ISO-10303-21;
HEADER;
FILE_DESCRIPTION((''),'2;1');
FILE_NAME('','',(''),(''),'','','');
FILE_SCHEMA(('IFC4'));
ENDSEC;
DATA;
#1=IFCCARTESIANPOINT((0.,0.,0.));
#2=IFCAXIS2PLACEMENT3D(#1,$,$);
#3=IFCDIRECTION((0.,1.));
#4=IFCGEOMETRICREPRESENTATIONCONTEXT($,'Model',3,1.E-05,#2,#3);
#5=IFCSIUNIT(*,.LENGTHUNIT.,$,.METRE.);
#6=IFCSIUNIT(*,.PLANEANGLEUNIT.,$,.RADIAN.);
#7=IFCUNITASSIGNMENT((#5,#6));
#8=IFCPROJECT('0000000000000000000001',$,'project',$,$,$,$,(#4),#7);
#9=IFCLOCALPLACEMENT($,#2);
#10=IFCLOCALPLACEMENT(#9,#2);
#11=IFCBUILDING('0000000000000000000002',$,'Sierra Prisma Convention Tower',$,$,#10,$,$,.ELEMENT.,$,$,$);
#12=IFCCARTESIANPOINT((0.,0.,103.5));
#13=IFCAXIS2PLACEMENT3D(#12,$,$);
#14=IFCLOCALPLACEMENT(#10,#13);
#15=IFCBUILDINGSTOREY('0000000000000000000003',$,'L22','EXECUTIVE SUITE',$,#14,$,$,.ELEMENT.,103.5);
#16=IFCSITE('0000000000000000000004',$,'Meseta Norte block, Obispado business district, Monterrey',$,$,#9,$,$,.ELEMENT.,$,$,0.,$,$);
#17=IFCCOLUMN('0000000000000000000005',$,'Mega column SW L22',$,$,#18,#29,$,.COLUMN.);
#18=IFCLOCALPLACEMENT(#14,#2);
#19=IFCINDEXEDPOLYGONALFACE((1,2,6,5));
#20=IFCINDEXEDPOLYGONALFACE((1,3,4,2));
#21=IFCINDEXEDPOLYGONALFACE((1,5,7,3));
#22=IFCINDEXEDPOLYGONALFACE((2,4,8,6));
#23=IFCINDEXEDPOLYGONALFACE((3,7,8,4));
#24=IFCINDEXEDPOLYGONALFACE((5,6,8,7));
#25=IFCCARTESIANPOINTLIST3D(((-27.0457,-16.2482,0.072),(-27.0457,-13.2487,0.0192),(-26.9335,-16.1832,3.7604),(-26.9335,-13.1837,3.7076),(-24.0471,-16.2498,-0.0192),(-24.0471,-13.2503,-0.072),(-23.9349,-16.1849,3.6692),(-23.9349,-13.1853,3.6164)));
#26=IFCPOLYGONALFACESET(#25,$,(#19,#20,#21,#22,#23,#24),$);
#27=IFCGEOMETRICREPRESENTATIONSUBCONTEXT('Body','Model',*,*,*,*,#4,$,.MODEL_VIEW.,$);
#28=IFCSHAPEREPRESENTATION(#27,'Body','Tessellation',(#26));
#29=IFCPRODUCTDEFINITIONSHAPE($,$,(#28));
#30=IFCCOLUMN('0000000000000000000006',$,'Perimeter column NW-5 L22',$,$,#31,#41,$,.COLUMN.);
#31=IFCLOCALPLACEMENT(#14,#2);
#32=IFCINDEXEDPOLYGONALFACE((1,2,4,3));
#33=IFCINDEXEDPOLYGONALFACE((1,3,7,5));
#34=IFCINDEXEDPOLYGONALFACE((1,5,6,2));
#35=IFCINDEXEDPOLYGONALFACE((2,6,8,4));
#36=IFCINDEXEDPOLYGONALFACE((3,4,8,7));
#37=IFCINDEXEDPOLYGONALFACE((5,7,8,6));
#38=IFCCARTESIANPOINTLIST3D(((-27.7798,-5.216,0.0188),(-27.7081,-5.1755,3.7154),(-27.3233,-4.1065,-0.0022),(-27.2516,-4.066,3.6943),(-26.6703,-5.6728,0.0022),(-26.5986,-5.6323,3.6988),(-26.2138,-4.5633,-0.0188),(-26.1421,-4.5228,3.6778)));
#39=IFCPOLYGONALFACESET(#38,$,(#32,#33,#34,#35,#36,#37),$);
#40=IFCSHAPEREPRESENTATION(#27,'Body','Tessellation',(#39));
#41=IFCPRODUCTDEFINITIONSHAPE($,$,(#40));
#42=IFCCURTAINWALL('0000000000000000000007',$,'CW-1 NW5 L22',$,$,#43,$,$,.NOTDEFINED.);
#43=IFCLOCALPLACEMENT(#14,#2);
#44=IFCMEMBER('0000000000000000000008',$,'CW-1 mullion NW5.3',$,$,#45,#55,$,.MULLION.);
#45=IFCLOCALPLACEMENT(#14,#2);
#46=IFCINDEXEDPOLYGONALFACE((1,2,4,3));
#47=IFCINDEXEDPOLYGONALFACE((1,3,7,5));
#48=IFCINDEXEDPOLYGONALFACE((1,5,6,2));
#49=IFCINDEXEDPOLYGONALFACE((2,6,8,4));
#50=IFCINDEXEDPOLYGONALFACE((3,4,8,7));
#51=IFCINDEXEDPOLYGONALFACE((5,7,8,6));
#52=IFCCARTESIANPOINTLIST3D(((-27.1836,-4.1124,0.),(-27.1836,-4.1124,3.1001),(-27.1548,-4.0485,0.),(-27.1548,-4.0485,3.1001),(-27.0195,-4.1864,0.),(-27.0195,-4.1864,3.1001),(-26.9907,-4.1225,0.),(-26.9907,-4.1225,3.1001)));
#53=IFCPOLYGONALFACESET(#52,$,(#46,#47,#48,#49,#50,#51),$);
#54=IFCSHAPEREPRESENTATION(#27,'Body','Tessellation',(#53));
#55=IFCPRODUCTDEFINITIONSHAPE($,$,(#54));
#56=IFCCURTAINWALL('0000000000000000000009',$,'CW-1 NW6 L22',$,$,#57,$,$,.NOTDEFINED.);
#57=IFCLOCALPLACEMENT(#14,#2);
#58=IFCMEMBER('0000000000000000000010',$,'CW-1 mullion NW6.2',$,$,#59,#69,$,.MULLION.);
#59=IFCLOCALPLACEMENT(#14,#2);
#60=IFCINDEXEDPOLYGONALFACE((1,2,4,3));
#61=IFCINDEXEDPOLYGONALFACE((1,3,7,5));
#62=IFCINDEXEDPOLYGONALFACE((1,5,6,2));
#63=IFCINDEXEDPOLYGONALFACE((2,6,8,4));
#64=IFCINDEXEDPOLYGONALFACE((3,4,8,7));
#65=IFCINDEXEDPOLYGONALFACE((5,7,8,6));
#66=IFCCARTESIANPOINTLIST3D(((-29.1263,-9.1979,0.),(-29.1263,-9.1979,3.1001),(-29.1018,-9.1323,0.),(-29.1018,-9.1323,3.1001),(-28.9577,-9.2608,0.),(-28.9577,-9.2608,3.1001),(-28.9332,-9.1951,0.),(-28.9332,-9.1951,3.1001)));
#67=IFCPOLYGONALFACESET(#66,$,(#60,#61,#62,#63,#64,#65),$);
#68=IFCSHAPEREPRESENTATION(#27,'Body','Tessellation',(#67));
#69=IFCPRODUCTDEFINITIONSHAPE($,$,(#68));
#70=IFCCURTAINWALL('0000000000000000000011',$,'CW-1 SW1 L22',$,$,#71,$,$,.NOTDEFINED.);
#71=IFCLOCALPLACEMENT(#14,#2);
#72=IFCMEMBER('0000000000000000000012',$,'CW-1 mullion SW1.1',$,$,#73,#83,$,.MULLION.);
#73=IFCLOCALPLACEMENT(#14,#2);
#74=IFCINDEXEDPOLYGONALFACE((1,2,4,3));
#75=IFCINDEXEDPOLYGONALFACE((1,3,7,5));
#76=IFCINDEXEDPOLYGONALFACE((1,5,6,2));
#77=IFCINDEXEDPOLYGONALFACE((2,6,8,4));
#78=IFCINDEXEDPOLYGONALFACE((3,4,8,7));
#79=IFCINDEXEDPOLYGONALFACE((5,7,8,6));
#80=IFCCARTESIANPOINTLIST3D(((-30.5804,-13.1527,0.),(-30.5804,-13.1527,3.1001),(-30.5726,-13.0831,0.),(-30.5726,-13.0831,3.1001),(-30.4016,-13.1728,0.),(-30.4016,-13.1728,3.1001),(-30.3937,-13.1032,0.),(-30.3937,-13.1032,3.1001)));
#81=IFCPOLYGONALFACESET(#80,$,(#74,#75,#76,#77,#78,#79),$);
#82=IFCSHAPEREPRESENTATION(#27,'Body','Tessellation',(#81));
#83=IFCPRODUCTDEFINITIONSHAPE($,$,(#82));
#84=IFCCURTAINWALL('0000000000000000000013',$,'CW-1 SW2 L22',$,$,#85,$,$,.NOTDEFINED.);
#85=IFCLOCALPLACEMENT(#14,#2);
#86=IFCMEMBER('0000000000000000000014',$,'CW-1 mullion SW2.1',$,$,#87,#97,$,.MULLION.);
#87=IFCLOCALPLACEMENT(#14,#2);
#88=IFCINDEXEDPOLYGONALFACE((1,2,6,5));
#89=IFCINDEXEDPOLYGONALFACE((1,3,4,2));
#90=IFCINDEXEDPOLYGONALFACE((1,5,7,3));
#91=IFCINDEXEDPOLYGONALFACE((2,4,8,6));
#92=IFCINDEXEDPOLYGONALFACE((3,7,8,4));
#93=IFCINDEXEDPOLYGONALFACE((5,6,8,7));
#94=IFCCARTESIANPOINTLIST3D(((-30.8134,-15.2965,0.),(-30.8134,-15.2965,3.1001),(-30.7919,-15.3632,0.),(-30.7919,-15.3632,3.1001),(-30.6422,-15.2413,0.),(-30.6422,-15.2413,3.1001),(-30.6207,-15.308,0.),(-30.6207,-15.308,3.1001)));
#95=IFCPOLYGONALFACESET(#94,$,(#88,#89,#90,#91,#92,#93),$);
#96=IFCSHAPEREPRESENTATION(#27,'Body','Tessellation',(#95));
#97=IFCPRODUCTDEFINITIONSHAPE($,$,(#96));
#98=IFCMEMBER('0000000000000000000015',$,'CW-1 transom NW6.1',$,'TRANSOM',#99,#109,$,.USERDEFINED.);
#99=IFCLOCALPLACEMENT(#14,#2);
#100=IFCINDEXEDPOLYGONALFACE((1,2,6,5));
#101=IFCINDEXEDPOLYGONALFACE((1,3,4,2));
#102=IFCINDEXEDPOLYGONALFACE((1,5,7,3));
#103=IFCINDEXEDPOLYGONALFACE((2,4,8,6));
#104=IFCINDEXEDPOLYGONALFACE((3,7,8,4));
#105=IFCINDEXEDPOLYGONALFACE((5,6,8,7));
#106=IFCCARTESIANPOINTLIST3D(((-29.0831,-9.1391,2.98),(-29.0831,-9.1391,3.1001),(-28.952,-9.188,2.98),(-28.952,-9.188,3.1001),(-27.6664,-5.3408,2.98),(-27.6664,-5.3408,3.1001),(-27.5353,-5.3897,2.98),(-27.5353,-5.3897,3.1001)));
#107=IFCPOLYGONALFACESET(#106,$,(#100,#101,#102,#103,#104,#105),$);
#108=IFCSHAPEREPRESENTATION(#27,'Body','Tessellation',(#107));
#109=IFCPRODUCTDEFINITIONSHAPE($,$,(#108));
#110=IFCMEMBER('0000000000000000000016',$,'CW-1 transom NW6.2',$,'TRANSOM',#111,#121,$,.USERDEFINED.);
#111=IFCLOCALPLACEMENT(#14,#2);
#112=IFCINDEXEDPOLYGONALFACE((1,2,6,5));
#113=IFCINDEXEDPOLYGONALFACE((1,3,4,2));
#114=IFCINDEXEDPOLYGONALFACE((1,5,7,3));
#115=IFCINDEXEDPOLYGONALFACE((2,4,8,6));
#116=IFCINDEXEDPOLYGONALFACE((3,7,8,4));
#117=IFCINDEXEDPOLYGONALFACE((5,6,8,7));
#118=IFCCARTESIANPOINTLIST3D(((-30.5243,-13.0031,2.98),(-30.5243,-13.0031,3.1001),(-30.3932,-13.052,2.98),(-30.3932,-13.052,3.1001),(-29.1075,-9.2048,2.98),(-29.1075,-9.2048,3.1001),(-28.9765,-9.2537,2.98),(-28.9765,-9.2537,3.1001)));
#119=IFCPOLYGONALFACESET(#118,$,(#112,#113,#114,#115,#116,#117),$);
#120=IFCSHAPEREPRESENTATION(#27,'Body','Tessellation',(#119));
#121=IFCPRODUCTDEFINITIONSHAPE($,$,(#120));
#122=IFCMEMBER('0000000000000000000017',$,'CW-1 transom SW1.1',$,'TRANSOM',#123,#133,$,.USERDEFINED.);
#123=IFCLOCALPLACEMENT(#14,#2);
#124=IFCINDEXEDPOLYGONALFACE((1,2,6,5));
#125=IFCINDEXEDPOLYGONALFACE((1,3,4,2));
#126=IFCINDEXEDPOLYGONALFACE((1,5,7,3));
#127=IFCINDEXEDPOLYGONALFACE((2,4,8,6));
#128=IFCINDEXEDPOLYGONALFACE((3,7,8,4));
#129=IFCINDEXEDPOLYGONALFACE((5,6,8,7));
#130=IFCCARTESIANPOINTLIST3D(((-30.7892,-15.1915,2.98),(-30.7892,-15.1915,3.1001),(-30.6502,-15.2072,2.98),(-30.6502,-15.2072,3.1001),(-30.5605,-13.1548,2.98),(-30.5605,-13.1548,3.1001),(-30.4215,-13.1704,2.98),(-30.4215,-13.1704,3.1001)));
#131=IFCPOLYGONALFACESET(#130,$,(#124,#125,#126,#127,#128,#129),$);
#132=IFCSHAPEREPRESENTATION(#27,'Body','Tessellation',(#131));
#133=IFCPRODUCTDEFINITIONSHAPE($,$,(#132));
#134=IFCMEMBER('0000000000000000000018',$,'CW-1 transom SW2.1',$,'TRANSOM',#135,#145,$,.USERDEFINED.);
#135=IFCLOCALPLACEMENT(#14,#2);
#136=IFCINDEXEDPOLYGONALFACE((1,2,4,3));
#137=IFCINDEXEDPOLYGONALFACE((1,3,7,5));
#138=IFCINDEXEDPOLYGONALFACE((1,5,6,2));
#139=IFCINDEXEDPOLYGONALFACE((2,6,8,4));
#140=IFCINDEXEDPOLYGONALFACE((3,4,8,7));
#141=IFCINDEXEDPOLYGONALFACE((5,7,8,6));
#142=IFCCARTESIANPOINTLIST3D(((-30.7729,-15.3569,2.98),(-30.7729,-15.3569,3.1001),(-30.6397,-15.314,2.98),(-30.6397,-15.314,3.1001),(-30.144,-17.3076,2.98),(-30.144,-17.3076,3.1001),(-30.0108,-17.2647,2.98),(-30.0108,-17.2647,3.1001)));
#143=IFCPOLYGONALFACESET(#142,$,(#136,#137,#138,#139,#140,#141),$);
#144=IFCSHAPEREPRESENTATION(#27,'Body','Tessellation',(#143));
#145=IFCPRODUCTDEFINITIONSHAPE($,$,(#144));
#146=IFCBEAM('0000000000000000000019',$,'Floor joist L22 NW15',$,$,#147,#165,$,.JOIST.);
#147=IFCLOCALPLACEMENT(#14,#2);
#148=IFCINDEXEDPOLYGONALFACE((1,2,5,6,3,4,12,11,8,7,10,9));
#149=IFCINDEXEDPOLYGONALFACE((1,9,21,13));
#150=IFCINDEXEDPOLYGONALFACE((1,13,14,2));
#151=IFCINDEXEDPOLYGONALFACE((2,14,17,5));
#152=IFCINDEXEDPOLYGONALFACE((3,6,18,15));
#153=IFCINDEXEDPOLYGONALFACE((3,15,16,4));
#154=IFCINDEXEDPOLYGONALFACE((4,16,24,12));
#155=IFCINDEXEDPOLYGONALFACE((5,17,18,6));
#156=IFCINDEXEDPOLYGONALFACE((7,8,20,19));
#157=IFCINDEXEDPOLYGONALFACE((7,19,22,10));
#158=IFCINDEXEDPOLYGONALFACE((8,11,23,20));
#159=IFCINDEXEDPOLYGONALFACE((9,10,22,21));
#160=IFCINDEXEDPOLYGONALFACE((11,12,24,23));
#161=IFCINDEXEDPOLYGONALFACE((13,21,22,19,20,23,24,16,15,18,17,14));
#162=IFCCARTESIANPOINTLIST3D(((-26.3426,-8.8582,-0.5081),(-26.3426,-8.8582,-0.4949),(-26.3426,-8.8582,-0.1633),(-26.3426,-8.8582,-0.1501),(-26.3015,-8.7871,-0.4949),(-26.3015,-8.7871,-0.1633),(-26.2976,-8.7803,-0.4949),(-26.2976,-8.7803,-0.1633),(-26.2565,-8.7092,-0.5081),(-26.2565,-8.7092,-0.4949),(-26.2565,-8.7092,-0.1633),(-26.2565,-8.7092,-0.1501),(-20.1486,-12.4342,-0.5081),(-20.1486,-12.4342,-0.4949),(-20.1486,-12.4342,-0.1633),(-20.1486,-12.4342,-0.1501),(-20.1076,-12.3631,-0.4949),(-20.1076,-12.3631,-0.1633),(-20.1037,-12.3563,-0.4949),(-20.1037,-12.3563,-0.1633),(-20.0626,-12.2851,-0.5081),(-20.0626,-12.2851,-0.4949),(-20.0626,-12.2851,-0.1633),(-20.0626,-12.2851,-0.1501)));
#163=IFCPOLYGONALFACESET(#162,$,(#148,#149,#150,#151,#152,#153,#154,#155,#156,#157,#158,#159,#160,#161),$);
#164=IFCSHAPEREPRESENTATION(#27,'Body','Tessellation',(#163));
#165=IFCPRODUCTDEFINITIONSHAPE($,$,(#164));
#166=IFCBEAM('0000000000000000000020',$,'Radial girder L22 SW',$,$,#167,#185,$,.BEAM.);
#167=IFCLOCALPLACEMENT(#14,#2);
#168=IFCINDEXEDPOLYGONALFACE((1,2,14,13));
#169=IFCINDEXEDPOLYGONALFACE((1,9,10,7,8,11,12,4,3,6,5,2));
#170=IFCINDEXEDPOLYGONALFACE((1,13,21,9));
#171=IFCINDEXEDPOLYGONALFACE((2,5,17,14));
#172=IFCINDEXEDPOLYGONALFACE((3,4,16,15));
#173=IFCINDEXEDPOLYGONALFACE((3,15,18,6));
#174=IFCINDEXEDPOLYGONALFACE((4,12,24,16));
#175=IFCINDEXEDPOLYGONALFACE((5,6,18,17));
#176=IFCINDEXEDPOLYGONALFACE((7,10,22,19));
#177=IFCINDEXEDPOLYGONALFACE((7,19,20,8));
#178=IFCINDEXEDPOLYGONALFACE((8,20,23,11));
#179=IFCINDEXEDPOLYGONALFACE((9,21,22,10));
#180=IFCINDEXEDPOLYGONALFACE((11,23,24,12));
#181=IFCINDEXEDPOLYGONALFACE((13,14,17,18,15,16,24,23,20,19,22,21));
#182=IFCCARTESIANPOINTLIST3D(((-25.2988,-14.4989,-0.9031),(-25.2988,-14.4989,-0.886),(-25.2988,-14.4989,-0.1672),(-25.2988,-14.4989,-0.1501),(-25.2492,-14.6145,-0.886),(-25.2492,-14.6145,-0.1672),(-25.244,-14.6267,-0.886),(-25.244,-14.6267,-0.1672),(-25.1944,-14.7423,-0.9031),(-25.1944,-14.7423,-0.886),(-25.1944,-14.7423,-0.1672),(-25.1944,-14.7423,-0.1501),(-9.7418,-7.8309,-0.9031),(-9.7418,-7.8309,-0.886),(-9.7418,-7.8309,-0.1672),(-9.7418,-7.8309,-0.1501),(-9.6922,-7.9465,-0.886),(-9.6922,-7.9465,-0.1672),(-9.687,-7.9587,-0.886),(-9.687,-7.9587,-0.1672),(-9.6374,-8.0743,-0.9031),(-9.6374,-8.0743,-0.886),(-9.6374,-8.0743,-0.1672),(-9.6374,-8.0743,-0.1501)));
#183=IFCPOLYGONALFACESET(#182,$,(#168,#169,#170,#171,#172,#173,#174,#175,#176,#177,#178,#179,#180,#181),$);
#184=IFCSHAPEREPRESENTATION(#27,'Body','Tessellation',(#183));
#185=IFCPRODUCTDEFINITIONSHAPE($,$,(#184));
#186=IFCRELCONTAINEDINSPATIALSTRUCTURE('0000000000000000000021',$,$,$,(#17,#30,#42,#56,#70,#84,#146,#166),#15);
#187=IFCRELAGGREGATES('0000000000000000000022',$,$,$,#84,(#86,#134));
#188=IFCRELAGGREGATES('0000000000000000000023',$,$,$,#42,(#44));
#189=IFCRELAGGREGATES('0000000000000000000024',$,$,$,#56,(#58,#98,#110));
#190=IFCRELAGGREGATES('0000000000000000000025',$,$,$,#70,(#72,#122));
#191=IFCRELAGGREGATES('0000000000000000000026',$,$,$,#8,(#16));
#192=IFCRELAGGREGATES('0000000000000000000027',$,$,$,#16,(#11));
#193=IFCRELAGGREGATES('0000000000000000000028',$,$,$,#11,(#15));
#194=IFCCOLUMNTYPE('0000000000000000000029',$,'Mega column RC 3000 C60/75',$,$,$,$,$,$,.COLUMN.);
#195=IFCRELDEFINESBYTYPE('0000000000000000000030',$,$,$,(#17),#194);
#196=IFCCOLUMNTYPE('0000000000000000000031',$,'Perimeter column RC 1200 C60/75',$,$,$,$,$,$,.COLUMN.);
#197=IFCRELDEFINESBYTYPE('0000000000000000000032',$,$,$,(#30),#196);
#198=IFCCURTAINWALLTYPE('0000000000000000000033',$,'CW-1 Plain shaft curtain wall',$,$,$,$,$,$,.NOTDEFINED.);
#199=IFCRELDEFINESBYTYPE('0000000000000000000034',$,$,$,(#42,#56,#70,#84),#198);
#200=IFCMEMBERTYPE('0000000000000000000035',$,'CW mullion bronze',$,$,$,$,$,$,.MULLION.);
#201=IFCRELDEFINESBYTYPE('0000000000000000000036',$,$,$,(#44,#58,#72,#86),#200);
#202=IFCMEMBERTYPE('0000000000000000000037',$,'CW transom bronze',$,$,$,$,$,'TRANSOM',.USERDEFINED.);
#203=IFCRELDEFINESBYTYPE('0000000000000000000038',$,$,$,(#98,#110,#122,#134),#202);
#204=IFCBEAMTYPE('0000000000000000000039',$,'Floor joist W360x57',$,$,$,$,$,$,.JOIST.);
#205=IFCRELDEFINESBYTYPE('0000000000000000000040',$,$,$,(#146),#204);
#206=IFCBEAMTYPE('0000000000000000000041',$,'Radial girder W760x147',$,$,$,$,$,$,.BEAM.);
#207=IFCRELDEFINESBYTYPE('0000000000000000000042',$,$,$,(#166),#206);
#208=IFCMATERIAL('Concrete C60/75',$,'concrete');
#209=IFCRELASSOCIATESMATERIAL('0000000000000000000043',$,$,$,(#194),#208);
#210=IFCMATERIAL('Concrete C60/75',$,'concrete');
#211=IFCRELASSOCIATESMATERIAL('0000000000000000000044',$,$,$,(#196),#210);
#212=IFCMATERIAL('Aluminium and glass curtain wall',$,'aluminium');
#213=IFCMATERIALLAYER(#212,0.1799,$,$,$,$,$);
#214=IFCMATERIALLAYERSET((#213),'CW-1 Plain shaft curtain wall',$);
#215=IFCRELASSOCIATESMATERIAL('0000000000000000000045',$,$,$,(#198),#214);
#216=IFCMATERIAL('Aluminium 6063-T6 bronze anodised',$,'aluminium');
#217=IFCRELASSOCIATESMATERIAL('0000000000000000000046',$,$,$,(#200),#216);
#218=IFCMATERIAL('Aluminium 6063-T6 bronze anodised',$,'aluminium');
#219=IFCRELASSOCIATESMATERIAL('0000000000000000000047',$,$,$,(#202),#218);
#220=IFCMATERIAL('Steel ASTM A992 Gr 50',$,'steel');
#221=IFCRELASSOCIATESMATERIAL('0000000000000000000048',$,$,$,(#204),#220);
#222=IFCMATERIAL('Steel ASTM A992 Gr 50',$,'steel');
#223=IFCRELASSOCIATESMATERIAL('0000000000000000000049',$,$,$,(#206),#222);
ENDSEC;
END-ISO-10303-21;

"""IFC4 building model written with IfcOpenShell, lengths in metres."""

from ifc_helpers import new_model, si_unit, direction, frame, origin, origin_2d, place, context, subcontext, project, spatial, rectangle, i_section, extrude, clip, halfspace, material, layer, layer_set, material_profile, profile_set, type_object, element, aggregate, save


model = new_model("IFC4")

# Units and contexts
model_context = context("Model", 3, precision=1e-05, world=origin(), true_north=direction((0.0, 1.0)))
body_context = subcontext(model_context, "Body", "Model", "MODEL_VIEW")
ifc_project = project(units=[si_unit("LENGTHUNIT", "METRE"), si_unit("PLANEANGLEUNIT", "RADIAN")], contexts=[model_context])

# Site, building, storey
site_placement = place(None, origin())
site = spatial("IfcSite", under=ifc_project, at=site_placement, Name="Meseta Norte block, Obispado business district, Monterrey", CompositionType="ELEMENT", RefElevation=0.0)
building_placement = place(site_placement, origin())
building = spatial("IfcBuilding", under=site, at=building_placement, Name="Sierra Prisma Convention Tower", CompositionType="ELEMENT")
storey_placement = place(building_placement, frame((0.0, 0.0, 103.5)))
storey = spatial("IfcBuildingStorey", under=building, at=storey_placement, Name="L22", Description="EXECUTIVE SUITE", CompositionType="ELEMENT", Elevation=103.5)

# Columns
ifc_material_1 = material(Name="Concrete C60/75", Category="concrete")
ifc_material_profile_1 = material_profile(ifc_material_1, rectangle(XDim=3.0, YDim=3.0, at=origin_2d()), Name="Mega column RC 3000 C60/75")
ifc_profile_set_1 = profile_set([ifc_material_profile_1], Name="Concrete C60/75")
column_type_1 = type_object("IfcColumnType", Name="Mega column RC 3000 C60/75", PredefinedType="COLUMN", material=ifc_profile_set_1)
column_1_placement = place(storey_placement, frame((-25.5464, -14.7493, 0.0), z_axis=(0.0304, 0.017607, 0.999383), x_axis=(0.999538, -0.000536, -0.030396)))
element("IfcColumn", 1, at=column_1_placement, inside=storey, type_object=column_type_1, Name="Mega column SW L22", PredefinedType="COLUMN", context=body_context, shape_type="SweptSolid", body=[
    clip(extrude(rectangle(XDim=3.0, YDim=3.0, at=origin_2d()), origin(), (0.0, 0.0, 1.0), 3.7021), halfspace(frame((0.0, 0.0, 3.6907)), False)),
])
ifc_material_2 = material(Name="Concrete C60/75", Category="concrete")
ifc_material_profile_2 = material_profile(ifc_material_2, rectangle(XDim=1.2, YDim=1.2, at=origin_2d()), Name="Perimeter column RC 1200 C60/75")
ifc_profile_set_2 = profile_set([ifc_material_profile_2], Name="Concrete C60/75")
column_type_2 = type_object("IfcColumnType", Name="Perimeter column RC 1200 C60/75", PredefinedType="COLUMN", material=ifc_profile_set_2)
column_2_placement = place(storey_placement, frame((-26.9968, -4.8896, 0.0), z_axis=(0.019395, 0.010951, 0.999752), x_axis=(0.380413, 0.924651, -0.017508)))
element("IfcColumn", 2, at=column_2_placement, inside=storey, type_object=column_type_2, Name="Perimeter column NW-5 L22", PredefinedType="COLUMN", context=body_context, shape_type="SweptSolid", body=[
    clip(extrude(rectangle(XDim=1.2, YDim=1.2, at=origin_2d()), origin(), (0.0, 0.0, 1.0), 3.7009), halfspace(frame((0.0, 0.0, 3.6975)), False)),
])

# Curtain walls, members
ifc_material_3 = material(Name="Aluminium and glass curtain wall", Category="aluminium")
ifc_layer_1 = layer(ifc_material_3, 0.1799)
ifc_layer_set_1 = layer_set([ifc_layer_1], Name="CW-1 Plain shaft curtain wall")
curtain_wall_type = type_object("IfcCurtainWallType", Name="CW-1 Plain shaft curtain wall", PredefinedType="NOTDEFINED", material=ifc_layer_set_1)
curtain_wall_1_placement = place(storey_placement, origin())
curtain_wall_1 = element("IfcCurtainWall", 3, at=curtain_wall_1_placement, inside=storey, type_object=curtain_wall_type, Name="CW-1 NW5 L22", PredefinedType="NOTDEFINED")
ifc_material_4 = material(Name="Aluminium 6063-T6 bronze anodised", Category="aluminium")
ifc_material_profile_3 = material_profile(ifc_material_4, rectangle(XDim=0.1799, YDim=0.0701, at=origin_2d()), Name="ALU MULLION 70x180")
ifc_profile_set_3 = profile_set([ifc_material_profile_3], Name="Aluminium 6063-T6 bronze anodised")
member_type_1 = type_object("IfcMemberType", Name="CW mullion bronze", PredefinedType="MULLION", material=ifc_profile_set_3)
member_1_placement = place(storey_placement, frame((-27.0872, -4.1174, 0.0), z_axis=(0.0, 0.0, 1.0), x_axis=(0.911599, -0.411081, 0.0)))
member_1 = element("IfcMember", 4, at=member_1_placement, type_object=member_type_1, Name="CW-1 mullion NW5.3", PredefinedType="MULLION", context=body_context, shape_type="SweptSolid", body=[
    extrude(rectangle(XDim=0.1799, YDim=0.0701, at=origin_2d()), origin(), (0.0, 0.0, 1.0), 3.1001),
])
curtain_wall_2_placement = place(storey_placement, origin())
curtain_wall_2 = element("IfcCurtainWall", 5, at=curtain_wall_2_placement, inside=storey, type_object=curtain_wall_type, Name="CW-1 NW6 L22", PredefinedType="NOTDEFINED")
member_2_placement = place(storey_placement, frame((-29.0298, -9.1965, 0.0), z_axis=(0.0, 0.0, 1.0), x_axis=(0.936949, -0.349465, 0.0)))
member_2 = element("IfcMember", 6, at=member_2_placement, type_object=member_type_1, Name="CW-1 mullion NW6.2", PredefinedType="MULLION", context=body_context, shape_type="SweptSolid", body=[
    extrude(rectangle(XDim=0.1799, YDim=0.0701, at=origin_2d()), origin(), (0.0, 0.0, 1.0), 3.1001),
])
curtain_wall_3_placement = place(storey_placement, origin())
curtain_wall_3 = element("IfcCurtainWall", 7, at=curtain_wall_3_placement, inside=storey, type_object=curtain_wall_type, Name="CW-1 SW1 L22", PredefinedType="NOTDEFINED")
member_3_placement = place(storey_placement, frame((-30.4871, -13.1279, 0.0), z_axis=(0.0, 0.0, 1.0), x_axis=(0.99375, -0.111628, 0.0)))
member_3 = element("IfcMember", 8, at=member_3_placement, type_object=member_type_1, Name="CW-1 mullion SW1.1", PredefinedType="MULLION", context=body_context, shape_type="SweptSolid", body=[
    extrude(rectangle(XDim=0.1799, YDim=0.0701, at=origin_2d()), origin(), (0.0, 0.0, 1.0), 3.1001),
])
curtain_wall_4_placement = place(storey_placement, origin())
curtain_wall_4 = element("IfcCurtainWall", 9, at=curtain_wall_4_placement, inside=storey, type_object=curtain_wall_type, Name="CW-1 SW2 L22", PredefinedType="NOTDEFINED")
member_4_placement = place(storey_placement, frame((-30.717, -15.3022, 0.0), z_axis=(0.0, 0.0, 1.0), x_axis=(0.951789, 0.306752, 0.0)))
member_4 = element("IfcMember", 10, at=member_4_placement, type_object=member_type_1, Name="CW-1 mullion SW2.1", PredefinedType="MULLION", context=body_context, shape_type="SweptSolid", body=[
    extrude(rectangle(XDim=0.1799, YDim=0.0701, at=origin_2d()), origin(), (0.0, 0.0, 1.0), 3.1001),
])

# Members
ifc_material_5 = material(Name="Aluminium 6063-T6 bronze anodised", Category="aluminium")
ifc_material_profile_4 = material_profile(ifc_material_5, rectangle(XDim=0.1399, YDim=0.1201, at=origin_2d()), Name="ALU TRANSOM 120x140")
ifc_profile_set_4 = profile_set([ifc_material_profile_4], Name="Aluminium 6063-T6 bronze anodised")
member_type_2 = type_object("IfcMemberType", Name="CW transom bronze", ElementType="TRANSOM", PredefinedType="USERDEFINED", material=ifc_profile_set_4)
member_5_placement = place(storey_placement, frame((-27.6008, -5.3652, 3.04), z_axis=(-0.349473, -0.936946, 0.0), x_axis=(0.936946, -0.349473, 0.0)))
member_5 = element("IfcMember", 11, at=member_5_placement, type_object=member_type_2, Name="CW-1 transom NW6.1", ObjectType="TRANSOM", PredefinedType="USERDEFINED", context=body_context, shape_type="SweptSolid", body=[
    extrude(rectangle(XDim=0.1399, YDim=0.1201, at=origin_2d()), origin(), (0.0, 0.0, 1.0), 4.054),
])
member_6_placement = place(storey_placement, frame((-29.042, -9.2292, 3.04), z_axis=(-0.349473, -0.936946, 0.0), x_axis=(0.936946, -0.349473, 0.0)))
member_6 = element("IfcMember", 12, at=member_6_placement, type_object=member_type_2, Name="CW-1 transom NW6.2", ObjectType="TRANSOM", PredefinedType="USERDEFINED", context=body_context, shape_type="SweptSolid", body=[
    extrude(rectangle(XDim=0.1399, YDim=0.1201, at=origin_2d()), origin(), (0.0, 0.0, 1.0), 4.054),
])
member_7_placement = place(storey_placement, frame((-30.491, -13.1626, 3.04), z_axis=(-0.111608, -0.993752, 0.0), x_axis=(0.993752, -0.111608, 0.0)))
member_7 = element("IfcMember", 13, at=member_7_placement, type_object=member_type_2, Name="CW-1 transom SW1.1", ObjectType="TRANSOM", PredefinedType="USERDEFINED", context=body_context, shape_type="SweptSolid", body=[
    extrude(rectangle(XDim=0.1399, YDim=0.1201, at=origin_2d()), origin(), (0.0, 0.0, 1.0), 2.0496),
])
member_8_placement = place(storey_placement, frame((-30.7063, -15.3354, 3.04), z_axis=(0.30685, -0.951758, 0.0), x_axis=(0.951758, 0.30685, 0.0)))
member_8 = element("IfcMember", 14, at=member_8_placement, type_object=member_type_2, Name="CW-1 transom SW2.1", ObjectType="TRANSOM", PredefinedType="USERDEFINED", context=body_context, shape_type="SweptSolid", body=[
    extrude(rectangle(XDim=0.1399, YDim=0.1201, at=origin_2d()), origin(), (0.0, 0.0, 1.0), 2.0496),
])
aggregate(curtain_wall_4, [member_4, member_8])

# Beams
ifc_material_6 = material(Name="Steel ASTM A992 Gr 50", Category="steel")
ifc_material_profile_5 = material_profile(ifc_material_6, i_section(OverallWidth=0.1721, OverallDepth=0.3579, WebThickness=0.0078, FlangeThickness=0.0132, at=origin_2d()), Name="W360x57")
ifc_profile_set_5 = profile_set([ifc_material_profile_5], Name="Steel ASTM A992 Gr 50")
beam_type_1 = type_object("IfcBeamType", Name="Floor joist W360x57", PredefinedType="JOIST", material=ifc_profile_set_5)
beam_1_placement = place(storey_placement, frame((-26.2996, -8.7837, -0.3291), z_axis=(0.866031, -0.49999, 0.0), x_axis=(0.49999, 0.866031, 0.0)))
element("IfcBeam", 15, at=beam_1_placement, inside=storey, type_object=beam_type_1, Name="Floor joist L22 NW15", PredefinedType="JOIST", context=body_context, shape_type="SweptSolid", body=[
    extrude(i_section(OverallWidth=0.1721, OverallDepth=0.3579, WebThickness=0.0078, FlangeThickness=0.0132, at=origin_2d()), origin(), (0.0, 0.0, 1.0), 7.1521),
])
ifc_material_7 = material(Name="Steel ASTM A992 Gr 50", Category="steel")
ifc_material_profile_6 = material_profile(ifc_material_7, i_section(OverallWidth=0.2649, OverallDepth=0.7529, WebThickness=0.0132, FlangeThickness=0.0171, at=origin_2d()), Name="W760x147")
ifc_profile_set_6 = profile_set([ifc_material_profile_6], Name="Steel ASTM A992 Gr 50")
beam_type_2 = type_object("IfcBeamType", Name="Radial girder W760x147", PredefinedType="BEAM", material=ifc_profile_set_6)
beam_2_placement = place(storey_placement, frame((-25.2466, -14.6206, -0.5266), z_axis=(0.919129, 0.393956, 0.0), x_axis=(-0.393956, 0.919129, 0.0)))
element("IfcBeam", 16, at=beam_2_placement, inside=storey, type_object=beam_type_2, Name="Radial girder L22 SW", PredefinedType="BEAM", context=body_context, shape_type="SweptSolid", body=[
    extrude(i_section(OverallWidth=0.2649, OverallDepth=0.7529, WebThickness=0.0132, FlangeThickness=0.0171, at=origin_2d()), origin(), (0.0, 0.0, 1.0), 16.9258),
])

aggregate(curtain_wall_1, [member_1])
aggregate(curtain_wall_2, [member_2, member_5, member_6])
aggregate(curtain_wall_3, [member_3, member_7])

save(model, "model.ifc")
